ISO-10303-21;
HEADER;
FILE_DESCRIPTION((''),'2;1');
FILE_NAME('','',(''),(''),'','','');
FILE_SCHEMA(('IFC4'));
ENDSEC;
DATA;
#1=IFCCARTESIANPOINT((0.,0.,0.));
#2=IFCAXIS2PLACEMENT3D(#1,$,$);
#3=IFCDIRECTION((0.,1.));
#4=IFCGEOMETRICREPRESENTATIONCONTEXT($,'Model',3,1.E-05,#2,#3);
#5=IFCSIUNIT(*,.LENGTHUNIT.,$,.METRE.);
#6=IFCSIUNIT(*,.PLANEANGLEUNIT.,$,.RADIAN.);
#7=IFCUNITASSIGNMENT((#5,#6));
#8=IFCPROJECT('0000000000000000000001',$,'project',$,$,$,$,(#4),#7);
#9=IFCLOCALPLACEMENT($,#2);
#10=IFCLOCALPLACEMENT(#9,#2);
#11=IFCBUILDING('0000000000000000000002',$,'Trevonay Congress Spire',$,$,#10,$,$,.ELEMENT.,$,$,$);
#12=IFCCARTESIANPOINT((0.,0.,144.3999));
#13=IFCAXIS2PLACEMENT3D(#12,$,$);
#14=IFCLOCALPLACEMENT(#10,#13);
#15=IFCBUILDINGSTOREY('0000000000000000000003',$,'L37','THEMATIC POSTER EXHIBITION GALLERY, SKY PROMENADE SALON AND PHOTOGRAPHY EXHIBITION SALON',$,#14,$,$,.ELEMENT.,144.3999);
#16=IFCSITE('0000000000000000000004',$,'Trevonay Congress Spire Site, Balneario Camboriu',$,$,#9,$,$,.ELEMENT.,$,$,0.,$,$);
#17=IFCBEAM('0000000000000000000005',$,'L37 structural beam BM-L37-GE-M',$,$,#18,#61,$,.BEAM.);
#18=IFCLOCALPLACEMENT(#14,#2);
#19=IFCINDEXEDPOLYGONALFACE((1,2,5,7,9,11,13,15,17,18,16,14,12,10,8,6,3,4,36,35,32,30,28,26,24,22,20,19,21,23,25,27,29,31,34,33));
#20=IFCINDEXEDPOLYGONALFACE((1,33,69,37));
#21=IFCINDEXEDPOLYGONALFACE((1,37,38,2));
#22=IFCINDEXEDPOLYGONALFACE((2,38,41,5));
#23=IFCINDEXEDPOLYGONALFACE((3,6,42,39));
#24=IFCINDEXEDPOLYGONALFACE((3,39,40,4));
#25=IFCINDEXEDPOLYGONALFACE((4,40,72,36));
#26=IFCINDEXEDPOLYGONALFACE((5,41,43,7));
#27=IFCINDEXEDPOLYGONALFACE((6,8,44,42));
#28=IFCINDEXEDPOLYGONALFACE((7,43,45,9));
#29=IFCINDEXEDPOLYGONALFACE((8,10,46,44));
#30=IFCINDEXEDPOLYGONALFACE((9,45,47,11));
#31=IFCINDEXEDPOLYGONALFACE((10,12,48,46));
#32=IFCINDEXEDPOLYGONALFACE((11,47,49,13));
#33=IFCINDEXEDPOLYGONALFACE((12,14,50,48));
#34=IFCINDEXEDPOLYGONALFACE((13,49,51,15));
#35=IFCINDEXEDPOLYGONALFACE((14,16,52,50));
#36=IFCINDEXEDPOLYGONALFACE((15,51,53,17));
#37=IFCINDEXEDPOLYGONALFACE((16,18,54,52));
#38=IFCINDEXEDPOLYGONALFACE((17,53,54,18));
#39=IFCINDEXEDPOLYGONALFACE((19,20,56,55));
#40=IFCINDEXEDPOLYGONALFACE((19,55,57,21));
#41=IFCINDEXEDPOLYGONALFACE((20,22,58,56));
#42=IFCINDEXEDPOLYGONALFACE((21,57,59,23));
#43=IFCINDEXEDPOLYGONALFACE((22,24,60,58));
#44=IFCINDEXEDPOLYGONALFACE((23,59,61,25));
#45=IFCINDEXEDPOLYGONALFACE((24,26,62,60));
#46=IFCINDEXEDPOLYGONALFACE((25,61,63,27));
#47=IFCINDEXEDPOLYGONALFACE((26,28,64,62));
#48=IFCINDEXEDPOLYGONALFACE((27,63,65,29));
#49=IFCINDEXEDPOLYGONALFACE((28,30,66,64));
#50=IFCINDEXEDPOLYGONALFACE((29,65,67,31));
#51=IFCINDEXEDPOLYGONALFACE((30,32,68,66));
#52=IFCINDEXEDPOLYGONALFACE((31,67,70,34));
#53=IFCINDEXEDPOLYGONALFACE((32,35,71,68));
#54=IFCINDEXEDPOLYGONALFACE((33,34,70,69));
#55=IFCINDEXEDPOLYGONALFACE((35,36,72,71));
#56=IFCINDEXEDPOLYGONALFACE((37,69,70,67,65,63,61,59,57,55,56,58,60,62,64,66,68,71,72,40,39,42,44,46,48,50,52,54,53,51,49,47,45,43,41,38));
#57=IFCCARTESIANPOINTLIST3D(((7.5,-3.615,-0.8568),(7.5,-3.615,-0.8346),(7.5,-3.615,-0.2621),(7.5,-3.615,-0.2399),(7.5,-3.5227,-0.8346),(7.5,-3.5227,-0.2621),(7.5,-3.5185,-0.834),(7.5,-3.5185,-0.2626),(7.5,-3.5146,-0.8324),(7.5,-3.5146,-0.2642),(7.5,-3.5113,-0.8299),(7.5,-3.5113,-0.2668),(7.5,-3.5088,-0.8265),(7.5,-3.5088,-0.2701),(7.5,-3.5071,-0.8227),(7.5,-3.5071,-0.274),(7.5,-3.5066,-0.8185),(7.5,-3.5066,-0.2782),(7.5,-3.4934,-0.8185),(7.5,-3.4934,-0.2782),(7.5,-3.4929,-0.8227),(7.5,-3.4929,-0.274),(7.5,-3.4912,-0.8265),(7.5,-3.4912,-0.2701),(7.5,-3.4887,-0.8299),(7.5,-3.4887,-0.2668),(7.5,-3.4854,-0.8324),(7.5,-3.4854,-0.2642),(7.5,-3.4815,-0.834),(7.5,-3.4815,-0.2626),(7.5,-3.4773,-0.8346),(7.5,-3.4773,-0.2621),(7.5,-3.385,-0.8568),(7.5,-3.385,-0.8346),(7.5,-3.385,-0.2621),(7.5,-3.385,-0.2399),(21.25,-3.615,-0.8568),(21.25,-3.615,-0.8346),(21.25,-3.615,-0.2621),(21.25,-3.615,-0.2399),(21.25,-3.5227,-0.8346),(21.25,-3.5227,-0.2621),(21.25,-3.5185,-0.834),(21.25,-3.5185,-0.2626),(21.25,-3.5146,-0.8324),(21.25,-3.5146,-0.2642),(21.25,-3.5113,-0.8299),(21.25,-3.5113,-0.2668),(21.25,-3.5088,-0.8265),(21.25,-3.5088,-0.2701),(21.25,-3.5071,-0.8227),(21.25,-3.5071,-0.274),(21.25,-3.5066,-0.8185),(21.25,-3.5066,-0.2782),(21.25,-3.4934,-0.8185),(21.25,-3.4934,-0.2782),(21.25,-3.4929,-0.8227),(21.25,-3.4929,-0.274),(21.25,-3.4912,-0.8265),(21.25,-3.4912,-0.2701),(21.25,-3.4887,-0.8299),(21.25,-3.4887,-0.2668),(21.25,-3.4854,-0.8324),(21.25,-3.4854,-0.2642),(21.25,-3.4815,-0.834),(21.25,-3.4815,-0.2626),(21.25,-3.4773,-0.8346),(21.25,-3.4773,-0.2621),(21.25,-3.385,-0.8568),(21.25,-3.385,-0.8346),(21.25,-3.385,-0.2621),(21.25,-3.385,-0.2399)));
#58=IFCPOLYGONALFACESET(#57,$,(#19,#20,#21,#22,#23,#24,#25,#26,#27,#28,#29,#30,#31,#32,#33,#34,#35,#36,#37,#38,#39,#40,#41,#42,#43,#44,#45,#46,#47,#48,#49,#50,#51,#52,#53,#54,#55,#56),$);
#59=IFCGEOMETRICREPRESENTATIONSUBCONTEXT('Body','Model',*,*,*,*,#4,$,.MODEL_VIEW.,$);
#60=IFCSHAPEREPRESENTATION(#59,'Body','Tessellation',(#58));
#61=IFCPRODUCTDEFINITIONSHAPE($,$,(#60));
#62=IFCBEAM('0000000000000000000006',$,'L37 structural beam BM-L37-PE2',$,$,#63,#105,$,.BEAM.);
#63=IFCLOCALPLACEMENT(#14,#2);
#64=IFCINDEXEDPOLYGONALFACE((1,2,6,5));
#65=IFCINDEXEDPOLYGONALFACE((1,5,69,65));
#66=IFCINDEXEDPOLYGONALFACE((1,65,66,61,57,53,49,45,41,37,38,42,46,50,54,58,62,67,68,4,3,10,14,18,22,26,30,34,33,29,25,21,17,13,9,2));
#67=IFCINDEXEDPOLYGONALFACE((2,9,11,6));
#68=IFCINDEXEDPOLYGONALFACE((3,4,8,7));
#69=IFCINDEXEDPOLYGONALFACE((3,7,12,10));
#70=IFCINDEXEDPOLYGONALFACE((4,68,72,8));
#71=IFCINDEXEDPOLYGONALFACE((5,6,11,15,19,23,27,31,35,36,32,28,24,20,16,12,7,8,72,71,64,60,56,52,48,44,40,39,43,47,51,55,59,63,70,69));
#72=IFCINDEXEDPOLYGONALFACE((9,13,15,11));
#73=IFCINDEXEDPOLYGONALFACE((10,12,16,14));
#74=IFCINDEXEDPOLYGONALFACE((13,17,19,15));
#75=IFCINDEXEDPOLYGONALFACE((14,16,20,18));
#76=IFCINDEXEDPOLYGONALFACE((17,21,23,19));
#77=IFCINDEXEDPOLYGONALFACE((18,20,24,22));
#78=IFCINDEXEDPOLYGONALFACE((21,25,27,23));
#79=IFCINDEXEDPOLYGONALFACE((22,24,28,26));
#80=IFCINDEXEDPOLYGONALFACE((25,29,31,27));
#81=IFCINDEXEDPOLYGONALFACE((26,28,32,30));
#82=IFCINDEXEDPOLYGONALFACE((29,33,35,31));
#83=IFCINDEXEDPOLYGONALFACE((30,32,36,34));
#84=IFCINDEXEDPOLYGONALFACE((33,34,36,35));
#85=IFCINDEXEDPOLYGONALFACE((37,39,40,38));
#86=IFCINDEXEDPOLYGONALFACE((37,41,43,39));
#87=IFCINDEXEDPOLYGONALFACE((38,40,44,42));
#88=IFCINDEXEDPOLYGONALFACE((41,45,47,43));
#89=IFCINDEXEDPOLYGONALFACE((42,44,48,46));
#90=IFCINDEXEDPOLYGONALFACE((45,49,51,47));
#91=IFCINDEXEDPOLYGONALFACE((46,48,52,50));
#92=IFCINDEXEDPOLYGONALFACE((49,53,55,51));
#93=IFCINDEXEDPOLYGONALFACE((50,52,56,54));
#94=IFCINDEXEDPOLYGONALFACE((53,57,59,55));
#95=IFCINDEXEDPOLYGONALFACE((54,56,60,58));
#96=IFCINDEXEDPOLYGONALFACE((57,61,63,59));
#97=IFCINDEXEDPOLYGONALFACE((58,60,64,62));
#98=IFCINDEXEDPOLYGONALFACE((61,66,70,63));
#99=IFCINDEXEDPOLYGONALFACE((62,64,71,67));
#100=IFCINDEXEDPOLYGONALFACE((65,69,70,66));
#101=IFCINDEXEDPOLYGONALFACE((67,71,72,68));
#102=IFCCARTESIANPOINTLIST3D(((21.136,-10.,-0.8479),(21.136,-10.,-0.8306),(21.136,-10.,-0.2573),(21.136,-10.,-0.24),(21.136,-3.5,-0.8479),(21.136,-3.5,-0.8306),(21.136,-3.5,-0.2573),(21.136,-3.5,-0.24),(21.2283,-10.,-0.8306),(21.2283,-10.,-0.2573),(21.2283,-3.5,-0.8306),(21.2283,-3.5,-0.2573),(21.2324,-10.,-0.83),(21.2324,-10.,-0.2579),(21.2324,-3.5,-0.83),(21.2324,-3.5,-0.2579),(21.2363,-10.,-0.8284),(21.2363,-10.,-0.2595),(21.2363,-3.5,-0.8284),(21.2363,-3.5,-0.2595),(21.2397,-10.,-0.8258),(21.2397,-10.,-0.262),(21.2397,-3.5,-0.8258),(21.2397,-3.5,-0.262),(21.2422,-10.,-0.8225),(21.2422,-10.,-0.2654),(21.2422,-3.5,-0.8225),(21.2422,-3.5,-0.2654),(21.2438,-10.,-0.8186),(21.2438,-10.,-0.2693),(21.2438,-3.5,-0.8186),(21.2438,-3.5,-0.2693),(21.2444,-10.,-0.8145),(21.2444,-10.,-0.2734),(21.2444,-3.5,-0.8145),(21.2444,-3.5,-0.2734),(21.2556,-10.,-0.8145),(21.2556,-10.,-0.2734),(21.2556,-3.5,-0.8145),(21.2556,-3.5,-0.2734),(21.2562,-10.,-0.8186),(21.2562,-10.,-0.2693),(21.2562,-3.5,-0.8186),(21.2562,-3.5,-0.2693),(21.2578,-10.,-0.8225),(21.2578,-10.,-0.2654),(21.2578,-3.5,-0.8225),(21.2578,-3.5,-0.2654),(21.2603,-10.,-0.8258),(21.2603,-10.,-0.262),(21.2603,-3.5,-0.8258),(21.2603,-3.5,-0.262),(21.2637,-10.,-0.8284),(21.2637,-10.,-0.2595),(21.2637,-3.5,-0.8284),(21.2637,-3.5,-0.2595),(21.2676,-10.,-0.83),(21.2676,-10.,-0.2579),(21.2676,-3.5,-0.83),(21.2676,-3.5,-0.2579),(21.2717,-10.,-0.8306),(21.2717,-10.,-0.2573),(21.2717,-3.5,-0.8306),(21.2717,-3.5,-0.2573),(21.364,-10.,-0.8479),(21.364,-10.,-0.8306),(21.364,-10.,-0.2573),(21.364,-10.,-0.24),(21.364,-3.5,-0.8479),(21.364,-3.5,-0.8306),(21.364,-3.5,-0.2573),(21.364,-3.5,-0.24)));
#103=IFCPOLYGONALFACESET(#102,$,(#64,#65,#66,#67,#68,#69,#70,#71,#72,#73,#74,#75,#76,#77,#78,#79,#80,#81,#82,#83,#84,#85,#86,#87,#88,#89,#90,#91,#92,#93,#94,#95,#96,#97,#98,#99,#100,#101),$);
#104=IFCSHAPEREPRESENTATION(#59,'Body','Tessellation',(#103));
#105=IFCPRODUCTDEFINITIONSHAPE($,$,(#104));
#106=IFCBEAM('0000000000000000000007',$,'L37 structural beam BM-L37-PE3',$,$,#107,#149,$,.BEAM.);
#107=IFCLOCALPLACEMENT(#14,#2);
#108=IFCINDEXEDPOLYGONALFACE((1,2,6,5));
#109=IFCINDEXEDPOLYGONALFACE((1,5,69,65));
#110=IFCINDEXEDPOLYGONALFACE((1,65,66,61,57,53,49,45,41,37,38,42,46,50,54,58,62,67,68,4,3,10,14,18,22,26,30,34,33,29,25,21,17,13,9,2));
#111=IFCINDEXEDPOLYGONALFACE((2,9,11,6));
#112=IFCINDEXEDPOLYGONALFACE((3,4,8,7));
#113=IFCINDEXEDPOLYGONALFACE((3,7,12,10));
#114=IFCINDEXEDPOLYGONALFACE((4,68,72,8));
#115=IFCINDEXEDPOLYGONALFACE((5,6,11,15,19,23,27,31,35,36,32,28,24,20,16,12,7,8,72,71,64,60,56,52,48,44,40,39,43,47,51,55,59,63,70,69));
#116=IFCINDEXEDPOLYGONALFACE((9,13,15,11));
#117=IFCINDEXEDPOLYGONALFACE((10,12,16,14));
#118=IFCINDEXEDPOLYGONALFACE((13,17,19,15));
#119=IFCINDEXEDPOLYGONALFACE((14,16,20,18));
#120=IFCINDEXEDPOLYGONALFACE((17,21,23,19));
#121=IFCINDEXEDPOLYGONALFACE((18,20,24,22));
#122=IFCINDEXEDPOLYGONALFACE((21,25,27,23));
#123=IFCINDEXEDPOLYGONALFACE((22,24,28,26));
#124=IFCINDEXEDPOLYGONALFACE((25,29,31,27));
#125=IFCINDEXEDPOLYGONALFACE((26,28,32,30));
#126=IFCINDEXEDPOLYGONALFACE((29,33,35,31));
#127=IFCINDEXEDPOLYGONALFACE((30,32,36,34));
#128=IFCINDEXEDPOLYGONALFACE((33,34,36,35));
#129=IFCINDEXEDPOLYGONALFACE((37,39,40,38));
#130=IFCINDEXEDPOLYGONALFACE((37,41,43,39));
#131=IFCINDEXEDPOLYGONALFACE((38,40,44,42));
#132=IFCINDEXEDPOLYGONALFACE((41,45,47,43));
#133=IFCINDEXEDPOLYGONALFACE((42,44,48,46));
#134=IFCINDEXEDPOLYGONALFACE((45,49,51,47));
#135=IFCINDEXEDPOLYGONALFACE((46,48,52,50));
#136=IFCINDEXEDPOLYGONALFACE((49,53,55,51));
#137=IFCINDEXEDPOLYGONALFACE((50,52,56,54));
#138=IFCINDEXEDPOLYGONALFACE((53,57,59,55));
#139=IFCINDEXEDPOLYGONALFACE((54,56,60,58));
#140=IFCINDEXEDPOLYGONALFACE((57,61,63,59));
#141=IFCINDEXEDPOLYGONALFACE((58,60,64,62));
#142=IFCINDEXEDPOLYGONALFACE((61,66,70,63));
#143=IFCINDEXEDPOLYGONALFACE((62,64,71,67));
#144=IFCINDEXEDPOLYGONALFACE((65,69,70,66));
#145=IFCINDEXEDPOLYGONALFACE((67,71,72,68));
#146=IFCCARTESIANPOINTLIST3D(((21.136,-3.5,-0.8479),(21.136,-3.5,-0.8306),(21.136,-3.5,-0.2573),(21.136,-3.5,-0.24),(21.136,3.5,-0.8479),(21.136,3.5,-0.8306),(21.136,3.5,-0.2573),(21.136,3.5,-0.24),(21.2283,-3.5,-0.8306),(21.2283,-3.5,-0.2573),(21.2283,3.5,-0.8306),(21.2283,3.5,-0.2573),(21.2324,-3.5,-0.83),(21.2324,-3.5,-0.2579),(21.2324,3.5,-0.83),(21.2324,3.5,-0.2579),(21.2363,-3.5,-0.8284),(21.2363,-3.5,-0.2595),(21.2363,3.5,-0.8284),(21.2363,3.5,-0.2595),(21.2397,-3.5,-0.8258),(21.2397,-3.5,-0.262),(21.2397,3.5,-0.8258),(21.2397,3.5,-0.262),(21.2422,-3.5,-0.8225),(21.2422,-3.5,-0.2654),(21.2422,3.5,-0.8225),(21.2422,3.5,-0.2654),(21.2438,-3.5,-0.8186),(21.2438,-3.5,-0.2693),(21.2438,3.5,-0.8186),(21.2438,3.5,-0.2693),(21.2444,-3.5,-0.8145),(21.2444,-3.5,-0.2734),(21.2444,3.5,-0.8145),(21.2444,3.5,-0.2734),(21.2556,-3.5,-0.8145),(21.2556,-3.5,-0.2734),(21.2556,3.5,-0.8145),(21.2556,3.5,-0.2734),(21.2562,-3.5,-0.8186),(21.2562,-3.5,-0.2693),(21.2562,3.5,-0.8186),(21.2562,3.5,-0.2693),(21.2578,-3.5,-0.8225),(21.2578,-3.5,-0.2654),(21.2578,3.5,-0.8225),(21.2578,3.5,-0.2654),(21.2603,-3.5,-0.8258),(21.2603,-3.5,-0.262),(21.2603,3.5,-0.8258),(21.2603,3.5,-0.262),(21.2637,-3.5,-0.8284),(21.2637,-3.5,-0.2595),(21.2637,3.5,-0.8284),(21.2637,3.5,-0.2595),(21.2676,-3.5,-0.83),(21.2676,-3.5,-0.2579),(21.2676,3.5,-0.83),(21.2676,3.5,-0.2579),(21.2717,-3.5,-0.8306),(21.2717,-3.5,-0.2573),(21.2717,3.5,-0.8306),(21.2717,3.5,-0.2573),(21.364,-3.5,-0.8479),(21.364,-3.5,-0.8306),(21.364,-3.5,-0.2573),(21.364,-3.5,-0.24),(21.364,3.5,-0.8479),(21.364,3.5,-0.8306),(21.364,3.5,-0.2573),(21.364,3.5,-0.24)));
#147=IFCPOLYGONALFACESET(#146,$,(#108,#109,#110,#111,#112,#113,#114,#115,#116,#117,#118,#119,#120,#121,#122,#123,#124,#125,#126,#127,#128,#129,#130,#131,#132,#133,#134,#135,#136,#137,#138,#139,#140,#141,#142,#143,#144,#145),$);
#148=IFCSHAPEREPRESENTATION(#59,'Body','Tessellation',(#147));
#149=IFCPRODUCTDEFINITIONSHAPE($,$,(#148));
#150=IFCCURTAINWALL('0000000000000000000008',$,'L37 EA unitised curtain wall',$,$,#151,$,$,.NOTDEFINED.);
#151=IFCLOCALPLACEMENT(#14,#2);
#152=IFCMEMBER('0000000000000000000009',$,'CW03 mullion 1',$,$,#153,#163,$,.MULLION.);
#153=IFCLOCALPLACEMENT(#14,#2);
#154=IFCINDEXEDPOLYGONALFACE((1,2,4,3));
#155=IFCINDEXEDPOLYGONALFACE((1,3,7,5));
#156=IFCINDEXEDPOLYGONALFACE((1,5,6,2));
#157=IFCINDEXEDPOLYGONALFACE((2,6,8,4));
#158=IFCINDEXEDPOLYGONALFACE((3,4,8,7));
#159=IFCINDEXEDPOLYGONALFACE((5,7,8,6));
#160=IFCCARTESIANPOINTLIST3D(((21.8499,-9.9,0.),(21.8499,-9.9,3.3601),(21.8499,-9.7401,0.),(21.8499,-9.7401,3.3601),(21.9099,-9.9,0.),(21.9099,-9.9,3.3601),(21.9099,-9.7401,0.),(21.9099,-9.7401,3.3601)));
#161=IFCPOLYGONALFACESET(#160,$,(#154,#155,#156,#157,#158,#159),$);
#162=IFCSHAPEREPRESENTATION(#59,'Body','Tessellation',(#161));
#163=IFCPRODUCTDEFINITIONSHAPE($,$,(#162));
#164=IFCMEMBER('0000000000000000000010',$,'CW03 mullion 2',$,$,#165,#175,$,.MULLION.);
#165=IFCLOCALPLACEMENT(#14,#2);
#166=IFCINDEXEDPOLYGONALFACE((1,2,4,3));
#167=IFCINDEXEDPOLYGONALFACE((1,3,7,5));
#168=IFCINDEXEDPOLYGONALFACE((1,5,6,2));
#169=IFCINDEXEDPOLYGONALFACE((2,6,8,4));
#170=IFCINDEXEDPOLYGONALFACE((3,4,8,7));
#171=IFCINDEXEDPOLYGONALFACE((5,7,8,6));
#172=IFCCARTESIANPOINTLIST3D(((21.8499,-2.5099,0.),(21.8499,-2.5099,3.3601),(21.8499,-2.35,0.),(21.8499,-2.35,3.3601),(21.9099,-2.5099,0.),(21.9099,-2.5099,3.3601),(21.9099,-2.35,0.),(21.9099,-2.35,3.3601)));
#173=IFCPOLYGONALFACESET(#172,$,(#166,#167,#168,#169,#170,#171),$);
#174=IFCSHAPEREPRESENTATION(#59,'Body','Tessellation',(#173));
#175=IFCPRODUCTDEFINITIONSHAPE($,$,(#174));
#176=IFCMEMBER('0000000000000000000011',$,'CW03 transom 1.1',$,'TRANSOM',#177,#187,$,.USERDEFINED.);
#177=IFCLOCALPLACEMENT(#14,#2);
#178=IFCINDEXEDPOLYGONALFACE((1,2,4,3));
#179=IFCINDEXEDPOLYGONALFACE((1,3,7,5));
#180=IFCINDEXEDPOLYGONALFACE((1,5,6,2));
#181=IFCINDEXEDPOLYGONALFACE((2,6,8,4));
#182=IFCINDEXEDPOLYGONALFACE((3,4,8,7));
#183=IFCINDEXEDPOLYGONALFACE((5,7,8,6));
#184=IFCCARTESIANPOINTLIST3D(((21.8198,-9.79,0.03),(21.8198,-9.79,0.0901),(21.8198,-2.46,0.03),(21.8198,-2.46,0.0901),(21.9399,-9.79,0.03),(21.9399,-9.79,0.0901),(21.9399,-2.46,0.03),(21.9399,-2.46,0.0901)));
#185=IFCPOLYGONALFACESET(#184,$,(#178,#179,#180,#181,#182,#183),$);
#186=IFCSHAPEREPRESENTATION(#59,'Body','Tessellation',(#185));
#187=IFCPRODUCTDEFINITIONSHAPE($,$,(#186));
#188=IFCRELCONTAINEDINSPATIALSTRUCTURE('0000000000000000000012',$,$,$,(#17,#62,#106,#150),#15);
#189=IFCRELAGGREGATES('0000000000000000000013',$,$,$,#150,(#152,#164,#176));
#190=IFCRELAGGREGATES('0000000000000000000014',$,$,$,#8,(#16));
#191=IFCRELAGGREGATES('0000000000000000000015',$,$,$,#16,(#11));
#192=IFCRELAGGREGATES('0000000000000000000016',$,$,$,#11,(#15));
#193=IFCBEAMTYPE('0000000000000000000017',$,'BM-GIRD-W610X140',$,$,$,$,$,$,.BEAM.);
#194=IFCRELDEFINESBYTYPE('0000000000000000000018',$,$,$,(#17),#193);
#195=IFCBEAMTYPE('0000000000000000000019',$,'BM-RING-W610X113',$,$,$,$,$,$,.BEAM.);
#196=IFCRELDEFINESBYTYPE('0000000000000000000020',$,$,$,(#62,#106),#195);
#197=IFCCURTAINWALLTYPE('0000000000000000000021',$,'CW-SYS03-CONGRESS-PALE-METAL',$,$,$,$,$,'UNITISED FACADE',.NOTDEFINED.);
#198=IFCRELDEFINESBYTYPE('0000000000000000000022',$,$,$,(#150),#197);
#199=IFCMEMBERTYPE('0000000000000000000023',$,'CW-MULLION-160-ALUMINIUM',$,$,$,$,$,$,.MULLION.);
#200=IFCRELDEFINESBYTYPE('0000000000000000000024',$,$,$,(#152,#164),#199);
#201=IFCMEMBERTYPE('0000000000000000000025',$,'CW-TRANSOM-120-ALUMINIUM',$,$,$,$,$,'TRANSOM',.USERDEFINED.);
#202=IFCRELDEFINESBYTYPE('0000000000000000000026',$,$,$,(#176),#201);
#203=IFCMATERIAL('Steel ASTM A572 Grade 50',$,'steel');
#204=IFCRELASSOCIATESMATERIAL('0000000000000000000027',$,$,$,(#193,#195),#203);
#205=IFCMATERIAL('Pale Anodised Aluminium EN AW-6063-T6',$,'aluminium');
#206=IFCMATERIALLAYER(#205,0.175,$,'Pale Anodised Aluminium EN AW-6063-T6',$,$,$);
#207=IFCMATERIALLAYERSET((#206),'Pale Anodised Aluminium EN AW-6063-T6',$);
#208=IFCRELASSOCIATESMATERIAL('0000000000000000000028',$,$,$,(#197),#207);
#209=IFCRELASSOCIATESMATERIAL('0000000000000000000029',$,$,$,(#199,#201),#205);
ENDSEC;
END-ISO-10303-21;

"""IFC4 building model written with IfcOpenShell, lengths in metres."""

from ifc_helpers import new_model, si_unit, direction, frame, origin, origin_2d, place, context, subcontext, project, spatial, rectangle, i_section, extrude, material, layer, layer_set, material_profile, profile_set, type_object, element, aggregate, save


model = new_model("IFC4")

# Units and contexts
model_context = context("Model", 3, precision=1e-05, world=origin(), true_north=direction((0.0, 1.0)))
body_context = subcontext(model_context, "Body", "Model", "MODEL_VIEW")
ifc_project = project(units=[si_unit("LENGTHUNIT", "METRE"), si_unit("PLANEANGLEUNIT", "RADIAN")], contexts=[model_context])

# Site, building, storey
site_placement = place(None, origin())
site = spatial("IfcSite", under=ifc_project, at=site_placement, Name="Trevonay Congress Spire Site, Balneario Camboriu", CompositionType="ELEMENT", RefElevation=0.0)
building_placement = place(site_placement, origin())
building = spatial("IfcBuilding", under=site, at=building_placement, Name="Trevonay Congress Spire", CompositionType="ELEMENT")
storey_placement = place(building_placement, frame((0.0, 0.0, 144.3999)))
storey = spatial("IfcBuildingStorey", under=building, at=storey_placement, Name="L37", Description="THEMATIC POSTER EXHIBITION GALLERY, SKY PROMENADE SALON AND PHOTOGRAPHY EXHIBITION SALON", CompositionType="ELEMENT", Elevation=144.3999)

# Shared definitions
ifc_material_1 = material(Name="Steel ASTM A572 Grade 50", Category="steel")

# Beams
ifc_material_profile_1 = material_profile(ifc_material_1, i_section(OverallWidth=0.23, OverallDepth=0.6169, WebThickness=0.0132, FlangeThickness=0.0222, FilletRadius=0.0161, at=origin_2d()), Name="W610x140")
ifc_profile_set_1 = profile_set([ifc_material_profile_1], Name="Steel ASTM A572 Grade 50")
beam_type_1 = type_object("IfcBeamType", Name="BM-GIRD-W610X140", PredefinedType="BEAM", material=ifc_profile_set_1)
beam_1_placement = place(storey_placement, frame((7.5, -3.5, -0.5483), z_axis=(1.0, 0.0, 0.0), x_axis=(0.0, 1.0, 0.0)))
element("IfcBeam", 1, at=beam_1_placement, inside=storey, type_object=beam_type_1, Name="L37 structural beam BM-L37-GE-M", PredefinedType="BEAM", context=body_context, shape_type="SweptSolid", body=[
    extrude(i_section(OverallWidth=0.23, OverallDepth=0.6169, WebThickness=0.0132, FlangeThickness=0.0222, FilletRadius=0.0161, at=origin_2d()), origin(), (0.0, 0.0, 1.0), 13.75),
])
ifc_material_profile_2 = material_profile(ifc_material_1, i_section(OverallWidth=0.228, OverallDepth=0.6079, WebThickness=0.0112, FlangeThickness=0.0173, FilletRadius=0.0161, at=origin_2d()), Name="W610x113")
ifc_profile_set_2 = profile_set([ifc_material_profile_2], Name="Steel ASTM A572 Grade 50")
beam_type_2 = type_object("IfcBeamType", Name="BM-RING-W610X113", PredefinedType="BEAM", material=ifc_profile_set_2)
beam_2_placement = place(storey_placement, frame((21.25, -10.0, -0.5439), z_axis=(0.0, 1.0, 0.0), x_axis=(-1.0, 0.0, 0.0)))
element("IfcBeam", 2, at=beam_2_placement, inside=storey, type_object=beam_type_2, Name="L37 structural beam BM-L37-PE2", PredefinedType="BEAM", context=body_context, shape_type="SweptSolid", body=[
    extrude(i_section(OverallWidth=0.228, OverallDepth=0.6079, WebThickness=0.0112, FlangeThickness=0.0173, FilletRadius=0.0161, at=origin_2d()), origin(), (0.0, 0.0, 1.0), 6.5),
])
beam_3_placement = place(storey_placement, frame((21.25, -3.5, -0.5439), z_axis=(0.0, 1.0, 0.0), x_axis=(-1.0, 0.0, 0.0)))
element("IfcBeam", 3, at=beam_3_placement, inside=storey, type_object=beam_type_2, Name="L37 structural beam BM-L37-PE3", PredefinedType="BEAM", context=body_context, shape_type="SweptSolid", body=[
    extrude(i_section(OverallWidth=0.228, OverallDepth=0.6079, WebThickness=0.0112, FlangeThickness=0.0173, FilletRadius=0.0161, at=origin_2d()), origin(), (0.0, 0.0, 1.0), 7.0),
])

# Curtain wall, members
ifc_material_2 = material(Name="Pale Anodised Aluminium EN AW-6063-T6", Category="aluminium")
ifc_layer_1 = layer(ifc_material_2, 0.175, Name="Pale Anodised Aluminium EN AW-6063-T6")
ifc_layer_set_1 = layer_set([ifc_layer_1], Name="Pale Anodised Aluminium EN AW-6063-T6")
curtain_wall_type = type_object("IfcCurtainWallType", Name="CW-SYS03-CONGRESS-PALE-METAL", ElementType="UNITISED FACADE", PredefinedType="NOTDEFINED", material=ifc_layer_set_1)
curtain_wall_placement = place(storey_placement, origin())
curtain_wall = element("IfcCurtainWall", 4, at=curtain_wall_placement, inside=storey, type_object=curtain_wall_type, Name="L37 EA unitised curtain wall", PredefinedType="NOTDEFINED")
ifc_material_profile_3 = material_profile(ifc_material_2, rectangle(XDim=0.0601, YDim=0.1599, at=origin_2d()), Name="CW-MULLION-160-ALUMINIUM")
ifc_profile_set_3 = profile_set([ifc_material_profile_3], Name="Pale Anodised Aluminium EN AW-6063-T6")
member_type_1 = type_object("IfcMemberType", Name="CW-MULLION-160-ALUMINIUM", PredefinedType="MULLION", material=ifc_profile_set_3)
member_1_placement = place(storey_placement, frame((21.8799, -9.8201, 0.0), z_axis=(0.0, 0.0, 1.0), x_axis=(-1.0, 0.0, 0.0)))
member_1 = element("IfcMember", 5, at=member_1_placement, type_object=member_type_1, Name="CW03 mullion 1", PredefinedType="MULLION", context=body_context, shape_type="SweptSolid", body=[
    extrude(rectangle(XDim=0.0601, YDim=0.1599, at=origin_2d()), origin(), (0.0, 0.0, 1.0), 3.3601),
])
member_2_placement = place(storey_placement, frame((21.8799, -2.4299, 0.0), z_axis=(0.0, 0.0, 1.0), x_axis=(-1.0, 0.0, 0.0)))
member_2 = element("IfcMember", 6, at=member_2_placement, type_object=member_type_1, Name="CW03 mullion 2", PredefinedType="MULLION", context=body_context, shape_type="SweptSolid", body=[
    extrude(rectangle(XDim=0.0601, YDim=0.1599, at=origin_2d()), origin(), (0.0, 0.0, 1.0), 3.3601),
])
ifc_material_profile_4 = material_profile(ifc_material_2, rectangle(XDim=0.1201, YDim=0.0601, at=origin_2d()), Name="CW-TRANSOM-120-ALUMINIUM")
ifc_profile_set_4 = profile_set([ifc_material_profile_4], Name="Pale Anodised Aluminium EN AW-6063-T6")
member_type_2 = type_object("IfcMemberType", Name="CW-TRANSOM-120-ALUMINIUM", ElementType="TRANSOM", PredefinedType="USERDEFINED", material=ifc_profile_set_4)
member_3_placement = place(storey_placement, frame((21.8799, -9.79, 0.0601), z_axis=(0.0, 1.0, 0.0), x_axis=(-1.0, 0.0, 0.0)))
member_3 = element("IfcMember", 7, at=member_3_placement, type_object=member_type_2, Name="CW03 transom 1.1", ObjectType="TRANSOM", PredefinedType="USERDEFINED", context=body_context, shape_type="SweptSolid", body=[
    extrude(rectangle(XDim=0.1201, YDim=0.0601, at=origin_2d()), origin(), (0.0, 0.0, 1.0), 7.3301),
])
aggregate(curtain_wall, [member_1, member_2, member_3])

save(model, "model.ifc")
